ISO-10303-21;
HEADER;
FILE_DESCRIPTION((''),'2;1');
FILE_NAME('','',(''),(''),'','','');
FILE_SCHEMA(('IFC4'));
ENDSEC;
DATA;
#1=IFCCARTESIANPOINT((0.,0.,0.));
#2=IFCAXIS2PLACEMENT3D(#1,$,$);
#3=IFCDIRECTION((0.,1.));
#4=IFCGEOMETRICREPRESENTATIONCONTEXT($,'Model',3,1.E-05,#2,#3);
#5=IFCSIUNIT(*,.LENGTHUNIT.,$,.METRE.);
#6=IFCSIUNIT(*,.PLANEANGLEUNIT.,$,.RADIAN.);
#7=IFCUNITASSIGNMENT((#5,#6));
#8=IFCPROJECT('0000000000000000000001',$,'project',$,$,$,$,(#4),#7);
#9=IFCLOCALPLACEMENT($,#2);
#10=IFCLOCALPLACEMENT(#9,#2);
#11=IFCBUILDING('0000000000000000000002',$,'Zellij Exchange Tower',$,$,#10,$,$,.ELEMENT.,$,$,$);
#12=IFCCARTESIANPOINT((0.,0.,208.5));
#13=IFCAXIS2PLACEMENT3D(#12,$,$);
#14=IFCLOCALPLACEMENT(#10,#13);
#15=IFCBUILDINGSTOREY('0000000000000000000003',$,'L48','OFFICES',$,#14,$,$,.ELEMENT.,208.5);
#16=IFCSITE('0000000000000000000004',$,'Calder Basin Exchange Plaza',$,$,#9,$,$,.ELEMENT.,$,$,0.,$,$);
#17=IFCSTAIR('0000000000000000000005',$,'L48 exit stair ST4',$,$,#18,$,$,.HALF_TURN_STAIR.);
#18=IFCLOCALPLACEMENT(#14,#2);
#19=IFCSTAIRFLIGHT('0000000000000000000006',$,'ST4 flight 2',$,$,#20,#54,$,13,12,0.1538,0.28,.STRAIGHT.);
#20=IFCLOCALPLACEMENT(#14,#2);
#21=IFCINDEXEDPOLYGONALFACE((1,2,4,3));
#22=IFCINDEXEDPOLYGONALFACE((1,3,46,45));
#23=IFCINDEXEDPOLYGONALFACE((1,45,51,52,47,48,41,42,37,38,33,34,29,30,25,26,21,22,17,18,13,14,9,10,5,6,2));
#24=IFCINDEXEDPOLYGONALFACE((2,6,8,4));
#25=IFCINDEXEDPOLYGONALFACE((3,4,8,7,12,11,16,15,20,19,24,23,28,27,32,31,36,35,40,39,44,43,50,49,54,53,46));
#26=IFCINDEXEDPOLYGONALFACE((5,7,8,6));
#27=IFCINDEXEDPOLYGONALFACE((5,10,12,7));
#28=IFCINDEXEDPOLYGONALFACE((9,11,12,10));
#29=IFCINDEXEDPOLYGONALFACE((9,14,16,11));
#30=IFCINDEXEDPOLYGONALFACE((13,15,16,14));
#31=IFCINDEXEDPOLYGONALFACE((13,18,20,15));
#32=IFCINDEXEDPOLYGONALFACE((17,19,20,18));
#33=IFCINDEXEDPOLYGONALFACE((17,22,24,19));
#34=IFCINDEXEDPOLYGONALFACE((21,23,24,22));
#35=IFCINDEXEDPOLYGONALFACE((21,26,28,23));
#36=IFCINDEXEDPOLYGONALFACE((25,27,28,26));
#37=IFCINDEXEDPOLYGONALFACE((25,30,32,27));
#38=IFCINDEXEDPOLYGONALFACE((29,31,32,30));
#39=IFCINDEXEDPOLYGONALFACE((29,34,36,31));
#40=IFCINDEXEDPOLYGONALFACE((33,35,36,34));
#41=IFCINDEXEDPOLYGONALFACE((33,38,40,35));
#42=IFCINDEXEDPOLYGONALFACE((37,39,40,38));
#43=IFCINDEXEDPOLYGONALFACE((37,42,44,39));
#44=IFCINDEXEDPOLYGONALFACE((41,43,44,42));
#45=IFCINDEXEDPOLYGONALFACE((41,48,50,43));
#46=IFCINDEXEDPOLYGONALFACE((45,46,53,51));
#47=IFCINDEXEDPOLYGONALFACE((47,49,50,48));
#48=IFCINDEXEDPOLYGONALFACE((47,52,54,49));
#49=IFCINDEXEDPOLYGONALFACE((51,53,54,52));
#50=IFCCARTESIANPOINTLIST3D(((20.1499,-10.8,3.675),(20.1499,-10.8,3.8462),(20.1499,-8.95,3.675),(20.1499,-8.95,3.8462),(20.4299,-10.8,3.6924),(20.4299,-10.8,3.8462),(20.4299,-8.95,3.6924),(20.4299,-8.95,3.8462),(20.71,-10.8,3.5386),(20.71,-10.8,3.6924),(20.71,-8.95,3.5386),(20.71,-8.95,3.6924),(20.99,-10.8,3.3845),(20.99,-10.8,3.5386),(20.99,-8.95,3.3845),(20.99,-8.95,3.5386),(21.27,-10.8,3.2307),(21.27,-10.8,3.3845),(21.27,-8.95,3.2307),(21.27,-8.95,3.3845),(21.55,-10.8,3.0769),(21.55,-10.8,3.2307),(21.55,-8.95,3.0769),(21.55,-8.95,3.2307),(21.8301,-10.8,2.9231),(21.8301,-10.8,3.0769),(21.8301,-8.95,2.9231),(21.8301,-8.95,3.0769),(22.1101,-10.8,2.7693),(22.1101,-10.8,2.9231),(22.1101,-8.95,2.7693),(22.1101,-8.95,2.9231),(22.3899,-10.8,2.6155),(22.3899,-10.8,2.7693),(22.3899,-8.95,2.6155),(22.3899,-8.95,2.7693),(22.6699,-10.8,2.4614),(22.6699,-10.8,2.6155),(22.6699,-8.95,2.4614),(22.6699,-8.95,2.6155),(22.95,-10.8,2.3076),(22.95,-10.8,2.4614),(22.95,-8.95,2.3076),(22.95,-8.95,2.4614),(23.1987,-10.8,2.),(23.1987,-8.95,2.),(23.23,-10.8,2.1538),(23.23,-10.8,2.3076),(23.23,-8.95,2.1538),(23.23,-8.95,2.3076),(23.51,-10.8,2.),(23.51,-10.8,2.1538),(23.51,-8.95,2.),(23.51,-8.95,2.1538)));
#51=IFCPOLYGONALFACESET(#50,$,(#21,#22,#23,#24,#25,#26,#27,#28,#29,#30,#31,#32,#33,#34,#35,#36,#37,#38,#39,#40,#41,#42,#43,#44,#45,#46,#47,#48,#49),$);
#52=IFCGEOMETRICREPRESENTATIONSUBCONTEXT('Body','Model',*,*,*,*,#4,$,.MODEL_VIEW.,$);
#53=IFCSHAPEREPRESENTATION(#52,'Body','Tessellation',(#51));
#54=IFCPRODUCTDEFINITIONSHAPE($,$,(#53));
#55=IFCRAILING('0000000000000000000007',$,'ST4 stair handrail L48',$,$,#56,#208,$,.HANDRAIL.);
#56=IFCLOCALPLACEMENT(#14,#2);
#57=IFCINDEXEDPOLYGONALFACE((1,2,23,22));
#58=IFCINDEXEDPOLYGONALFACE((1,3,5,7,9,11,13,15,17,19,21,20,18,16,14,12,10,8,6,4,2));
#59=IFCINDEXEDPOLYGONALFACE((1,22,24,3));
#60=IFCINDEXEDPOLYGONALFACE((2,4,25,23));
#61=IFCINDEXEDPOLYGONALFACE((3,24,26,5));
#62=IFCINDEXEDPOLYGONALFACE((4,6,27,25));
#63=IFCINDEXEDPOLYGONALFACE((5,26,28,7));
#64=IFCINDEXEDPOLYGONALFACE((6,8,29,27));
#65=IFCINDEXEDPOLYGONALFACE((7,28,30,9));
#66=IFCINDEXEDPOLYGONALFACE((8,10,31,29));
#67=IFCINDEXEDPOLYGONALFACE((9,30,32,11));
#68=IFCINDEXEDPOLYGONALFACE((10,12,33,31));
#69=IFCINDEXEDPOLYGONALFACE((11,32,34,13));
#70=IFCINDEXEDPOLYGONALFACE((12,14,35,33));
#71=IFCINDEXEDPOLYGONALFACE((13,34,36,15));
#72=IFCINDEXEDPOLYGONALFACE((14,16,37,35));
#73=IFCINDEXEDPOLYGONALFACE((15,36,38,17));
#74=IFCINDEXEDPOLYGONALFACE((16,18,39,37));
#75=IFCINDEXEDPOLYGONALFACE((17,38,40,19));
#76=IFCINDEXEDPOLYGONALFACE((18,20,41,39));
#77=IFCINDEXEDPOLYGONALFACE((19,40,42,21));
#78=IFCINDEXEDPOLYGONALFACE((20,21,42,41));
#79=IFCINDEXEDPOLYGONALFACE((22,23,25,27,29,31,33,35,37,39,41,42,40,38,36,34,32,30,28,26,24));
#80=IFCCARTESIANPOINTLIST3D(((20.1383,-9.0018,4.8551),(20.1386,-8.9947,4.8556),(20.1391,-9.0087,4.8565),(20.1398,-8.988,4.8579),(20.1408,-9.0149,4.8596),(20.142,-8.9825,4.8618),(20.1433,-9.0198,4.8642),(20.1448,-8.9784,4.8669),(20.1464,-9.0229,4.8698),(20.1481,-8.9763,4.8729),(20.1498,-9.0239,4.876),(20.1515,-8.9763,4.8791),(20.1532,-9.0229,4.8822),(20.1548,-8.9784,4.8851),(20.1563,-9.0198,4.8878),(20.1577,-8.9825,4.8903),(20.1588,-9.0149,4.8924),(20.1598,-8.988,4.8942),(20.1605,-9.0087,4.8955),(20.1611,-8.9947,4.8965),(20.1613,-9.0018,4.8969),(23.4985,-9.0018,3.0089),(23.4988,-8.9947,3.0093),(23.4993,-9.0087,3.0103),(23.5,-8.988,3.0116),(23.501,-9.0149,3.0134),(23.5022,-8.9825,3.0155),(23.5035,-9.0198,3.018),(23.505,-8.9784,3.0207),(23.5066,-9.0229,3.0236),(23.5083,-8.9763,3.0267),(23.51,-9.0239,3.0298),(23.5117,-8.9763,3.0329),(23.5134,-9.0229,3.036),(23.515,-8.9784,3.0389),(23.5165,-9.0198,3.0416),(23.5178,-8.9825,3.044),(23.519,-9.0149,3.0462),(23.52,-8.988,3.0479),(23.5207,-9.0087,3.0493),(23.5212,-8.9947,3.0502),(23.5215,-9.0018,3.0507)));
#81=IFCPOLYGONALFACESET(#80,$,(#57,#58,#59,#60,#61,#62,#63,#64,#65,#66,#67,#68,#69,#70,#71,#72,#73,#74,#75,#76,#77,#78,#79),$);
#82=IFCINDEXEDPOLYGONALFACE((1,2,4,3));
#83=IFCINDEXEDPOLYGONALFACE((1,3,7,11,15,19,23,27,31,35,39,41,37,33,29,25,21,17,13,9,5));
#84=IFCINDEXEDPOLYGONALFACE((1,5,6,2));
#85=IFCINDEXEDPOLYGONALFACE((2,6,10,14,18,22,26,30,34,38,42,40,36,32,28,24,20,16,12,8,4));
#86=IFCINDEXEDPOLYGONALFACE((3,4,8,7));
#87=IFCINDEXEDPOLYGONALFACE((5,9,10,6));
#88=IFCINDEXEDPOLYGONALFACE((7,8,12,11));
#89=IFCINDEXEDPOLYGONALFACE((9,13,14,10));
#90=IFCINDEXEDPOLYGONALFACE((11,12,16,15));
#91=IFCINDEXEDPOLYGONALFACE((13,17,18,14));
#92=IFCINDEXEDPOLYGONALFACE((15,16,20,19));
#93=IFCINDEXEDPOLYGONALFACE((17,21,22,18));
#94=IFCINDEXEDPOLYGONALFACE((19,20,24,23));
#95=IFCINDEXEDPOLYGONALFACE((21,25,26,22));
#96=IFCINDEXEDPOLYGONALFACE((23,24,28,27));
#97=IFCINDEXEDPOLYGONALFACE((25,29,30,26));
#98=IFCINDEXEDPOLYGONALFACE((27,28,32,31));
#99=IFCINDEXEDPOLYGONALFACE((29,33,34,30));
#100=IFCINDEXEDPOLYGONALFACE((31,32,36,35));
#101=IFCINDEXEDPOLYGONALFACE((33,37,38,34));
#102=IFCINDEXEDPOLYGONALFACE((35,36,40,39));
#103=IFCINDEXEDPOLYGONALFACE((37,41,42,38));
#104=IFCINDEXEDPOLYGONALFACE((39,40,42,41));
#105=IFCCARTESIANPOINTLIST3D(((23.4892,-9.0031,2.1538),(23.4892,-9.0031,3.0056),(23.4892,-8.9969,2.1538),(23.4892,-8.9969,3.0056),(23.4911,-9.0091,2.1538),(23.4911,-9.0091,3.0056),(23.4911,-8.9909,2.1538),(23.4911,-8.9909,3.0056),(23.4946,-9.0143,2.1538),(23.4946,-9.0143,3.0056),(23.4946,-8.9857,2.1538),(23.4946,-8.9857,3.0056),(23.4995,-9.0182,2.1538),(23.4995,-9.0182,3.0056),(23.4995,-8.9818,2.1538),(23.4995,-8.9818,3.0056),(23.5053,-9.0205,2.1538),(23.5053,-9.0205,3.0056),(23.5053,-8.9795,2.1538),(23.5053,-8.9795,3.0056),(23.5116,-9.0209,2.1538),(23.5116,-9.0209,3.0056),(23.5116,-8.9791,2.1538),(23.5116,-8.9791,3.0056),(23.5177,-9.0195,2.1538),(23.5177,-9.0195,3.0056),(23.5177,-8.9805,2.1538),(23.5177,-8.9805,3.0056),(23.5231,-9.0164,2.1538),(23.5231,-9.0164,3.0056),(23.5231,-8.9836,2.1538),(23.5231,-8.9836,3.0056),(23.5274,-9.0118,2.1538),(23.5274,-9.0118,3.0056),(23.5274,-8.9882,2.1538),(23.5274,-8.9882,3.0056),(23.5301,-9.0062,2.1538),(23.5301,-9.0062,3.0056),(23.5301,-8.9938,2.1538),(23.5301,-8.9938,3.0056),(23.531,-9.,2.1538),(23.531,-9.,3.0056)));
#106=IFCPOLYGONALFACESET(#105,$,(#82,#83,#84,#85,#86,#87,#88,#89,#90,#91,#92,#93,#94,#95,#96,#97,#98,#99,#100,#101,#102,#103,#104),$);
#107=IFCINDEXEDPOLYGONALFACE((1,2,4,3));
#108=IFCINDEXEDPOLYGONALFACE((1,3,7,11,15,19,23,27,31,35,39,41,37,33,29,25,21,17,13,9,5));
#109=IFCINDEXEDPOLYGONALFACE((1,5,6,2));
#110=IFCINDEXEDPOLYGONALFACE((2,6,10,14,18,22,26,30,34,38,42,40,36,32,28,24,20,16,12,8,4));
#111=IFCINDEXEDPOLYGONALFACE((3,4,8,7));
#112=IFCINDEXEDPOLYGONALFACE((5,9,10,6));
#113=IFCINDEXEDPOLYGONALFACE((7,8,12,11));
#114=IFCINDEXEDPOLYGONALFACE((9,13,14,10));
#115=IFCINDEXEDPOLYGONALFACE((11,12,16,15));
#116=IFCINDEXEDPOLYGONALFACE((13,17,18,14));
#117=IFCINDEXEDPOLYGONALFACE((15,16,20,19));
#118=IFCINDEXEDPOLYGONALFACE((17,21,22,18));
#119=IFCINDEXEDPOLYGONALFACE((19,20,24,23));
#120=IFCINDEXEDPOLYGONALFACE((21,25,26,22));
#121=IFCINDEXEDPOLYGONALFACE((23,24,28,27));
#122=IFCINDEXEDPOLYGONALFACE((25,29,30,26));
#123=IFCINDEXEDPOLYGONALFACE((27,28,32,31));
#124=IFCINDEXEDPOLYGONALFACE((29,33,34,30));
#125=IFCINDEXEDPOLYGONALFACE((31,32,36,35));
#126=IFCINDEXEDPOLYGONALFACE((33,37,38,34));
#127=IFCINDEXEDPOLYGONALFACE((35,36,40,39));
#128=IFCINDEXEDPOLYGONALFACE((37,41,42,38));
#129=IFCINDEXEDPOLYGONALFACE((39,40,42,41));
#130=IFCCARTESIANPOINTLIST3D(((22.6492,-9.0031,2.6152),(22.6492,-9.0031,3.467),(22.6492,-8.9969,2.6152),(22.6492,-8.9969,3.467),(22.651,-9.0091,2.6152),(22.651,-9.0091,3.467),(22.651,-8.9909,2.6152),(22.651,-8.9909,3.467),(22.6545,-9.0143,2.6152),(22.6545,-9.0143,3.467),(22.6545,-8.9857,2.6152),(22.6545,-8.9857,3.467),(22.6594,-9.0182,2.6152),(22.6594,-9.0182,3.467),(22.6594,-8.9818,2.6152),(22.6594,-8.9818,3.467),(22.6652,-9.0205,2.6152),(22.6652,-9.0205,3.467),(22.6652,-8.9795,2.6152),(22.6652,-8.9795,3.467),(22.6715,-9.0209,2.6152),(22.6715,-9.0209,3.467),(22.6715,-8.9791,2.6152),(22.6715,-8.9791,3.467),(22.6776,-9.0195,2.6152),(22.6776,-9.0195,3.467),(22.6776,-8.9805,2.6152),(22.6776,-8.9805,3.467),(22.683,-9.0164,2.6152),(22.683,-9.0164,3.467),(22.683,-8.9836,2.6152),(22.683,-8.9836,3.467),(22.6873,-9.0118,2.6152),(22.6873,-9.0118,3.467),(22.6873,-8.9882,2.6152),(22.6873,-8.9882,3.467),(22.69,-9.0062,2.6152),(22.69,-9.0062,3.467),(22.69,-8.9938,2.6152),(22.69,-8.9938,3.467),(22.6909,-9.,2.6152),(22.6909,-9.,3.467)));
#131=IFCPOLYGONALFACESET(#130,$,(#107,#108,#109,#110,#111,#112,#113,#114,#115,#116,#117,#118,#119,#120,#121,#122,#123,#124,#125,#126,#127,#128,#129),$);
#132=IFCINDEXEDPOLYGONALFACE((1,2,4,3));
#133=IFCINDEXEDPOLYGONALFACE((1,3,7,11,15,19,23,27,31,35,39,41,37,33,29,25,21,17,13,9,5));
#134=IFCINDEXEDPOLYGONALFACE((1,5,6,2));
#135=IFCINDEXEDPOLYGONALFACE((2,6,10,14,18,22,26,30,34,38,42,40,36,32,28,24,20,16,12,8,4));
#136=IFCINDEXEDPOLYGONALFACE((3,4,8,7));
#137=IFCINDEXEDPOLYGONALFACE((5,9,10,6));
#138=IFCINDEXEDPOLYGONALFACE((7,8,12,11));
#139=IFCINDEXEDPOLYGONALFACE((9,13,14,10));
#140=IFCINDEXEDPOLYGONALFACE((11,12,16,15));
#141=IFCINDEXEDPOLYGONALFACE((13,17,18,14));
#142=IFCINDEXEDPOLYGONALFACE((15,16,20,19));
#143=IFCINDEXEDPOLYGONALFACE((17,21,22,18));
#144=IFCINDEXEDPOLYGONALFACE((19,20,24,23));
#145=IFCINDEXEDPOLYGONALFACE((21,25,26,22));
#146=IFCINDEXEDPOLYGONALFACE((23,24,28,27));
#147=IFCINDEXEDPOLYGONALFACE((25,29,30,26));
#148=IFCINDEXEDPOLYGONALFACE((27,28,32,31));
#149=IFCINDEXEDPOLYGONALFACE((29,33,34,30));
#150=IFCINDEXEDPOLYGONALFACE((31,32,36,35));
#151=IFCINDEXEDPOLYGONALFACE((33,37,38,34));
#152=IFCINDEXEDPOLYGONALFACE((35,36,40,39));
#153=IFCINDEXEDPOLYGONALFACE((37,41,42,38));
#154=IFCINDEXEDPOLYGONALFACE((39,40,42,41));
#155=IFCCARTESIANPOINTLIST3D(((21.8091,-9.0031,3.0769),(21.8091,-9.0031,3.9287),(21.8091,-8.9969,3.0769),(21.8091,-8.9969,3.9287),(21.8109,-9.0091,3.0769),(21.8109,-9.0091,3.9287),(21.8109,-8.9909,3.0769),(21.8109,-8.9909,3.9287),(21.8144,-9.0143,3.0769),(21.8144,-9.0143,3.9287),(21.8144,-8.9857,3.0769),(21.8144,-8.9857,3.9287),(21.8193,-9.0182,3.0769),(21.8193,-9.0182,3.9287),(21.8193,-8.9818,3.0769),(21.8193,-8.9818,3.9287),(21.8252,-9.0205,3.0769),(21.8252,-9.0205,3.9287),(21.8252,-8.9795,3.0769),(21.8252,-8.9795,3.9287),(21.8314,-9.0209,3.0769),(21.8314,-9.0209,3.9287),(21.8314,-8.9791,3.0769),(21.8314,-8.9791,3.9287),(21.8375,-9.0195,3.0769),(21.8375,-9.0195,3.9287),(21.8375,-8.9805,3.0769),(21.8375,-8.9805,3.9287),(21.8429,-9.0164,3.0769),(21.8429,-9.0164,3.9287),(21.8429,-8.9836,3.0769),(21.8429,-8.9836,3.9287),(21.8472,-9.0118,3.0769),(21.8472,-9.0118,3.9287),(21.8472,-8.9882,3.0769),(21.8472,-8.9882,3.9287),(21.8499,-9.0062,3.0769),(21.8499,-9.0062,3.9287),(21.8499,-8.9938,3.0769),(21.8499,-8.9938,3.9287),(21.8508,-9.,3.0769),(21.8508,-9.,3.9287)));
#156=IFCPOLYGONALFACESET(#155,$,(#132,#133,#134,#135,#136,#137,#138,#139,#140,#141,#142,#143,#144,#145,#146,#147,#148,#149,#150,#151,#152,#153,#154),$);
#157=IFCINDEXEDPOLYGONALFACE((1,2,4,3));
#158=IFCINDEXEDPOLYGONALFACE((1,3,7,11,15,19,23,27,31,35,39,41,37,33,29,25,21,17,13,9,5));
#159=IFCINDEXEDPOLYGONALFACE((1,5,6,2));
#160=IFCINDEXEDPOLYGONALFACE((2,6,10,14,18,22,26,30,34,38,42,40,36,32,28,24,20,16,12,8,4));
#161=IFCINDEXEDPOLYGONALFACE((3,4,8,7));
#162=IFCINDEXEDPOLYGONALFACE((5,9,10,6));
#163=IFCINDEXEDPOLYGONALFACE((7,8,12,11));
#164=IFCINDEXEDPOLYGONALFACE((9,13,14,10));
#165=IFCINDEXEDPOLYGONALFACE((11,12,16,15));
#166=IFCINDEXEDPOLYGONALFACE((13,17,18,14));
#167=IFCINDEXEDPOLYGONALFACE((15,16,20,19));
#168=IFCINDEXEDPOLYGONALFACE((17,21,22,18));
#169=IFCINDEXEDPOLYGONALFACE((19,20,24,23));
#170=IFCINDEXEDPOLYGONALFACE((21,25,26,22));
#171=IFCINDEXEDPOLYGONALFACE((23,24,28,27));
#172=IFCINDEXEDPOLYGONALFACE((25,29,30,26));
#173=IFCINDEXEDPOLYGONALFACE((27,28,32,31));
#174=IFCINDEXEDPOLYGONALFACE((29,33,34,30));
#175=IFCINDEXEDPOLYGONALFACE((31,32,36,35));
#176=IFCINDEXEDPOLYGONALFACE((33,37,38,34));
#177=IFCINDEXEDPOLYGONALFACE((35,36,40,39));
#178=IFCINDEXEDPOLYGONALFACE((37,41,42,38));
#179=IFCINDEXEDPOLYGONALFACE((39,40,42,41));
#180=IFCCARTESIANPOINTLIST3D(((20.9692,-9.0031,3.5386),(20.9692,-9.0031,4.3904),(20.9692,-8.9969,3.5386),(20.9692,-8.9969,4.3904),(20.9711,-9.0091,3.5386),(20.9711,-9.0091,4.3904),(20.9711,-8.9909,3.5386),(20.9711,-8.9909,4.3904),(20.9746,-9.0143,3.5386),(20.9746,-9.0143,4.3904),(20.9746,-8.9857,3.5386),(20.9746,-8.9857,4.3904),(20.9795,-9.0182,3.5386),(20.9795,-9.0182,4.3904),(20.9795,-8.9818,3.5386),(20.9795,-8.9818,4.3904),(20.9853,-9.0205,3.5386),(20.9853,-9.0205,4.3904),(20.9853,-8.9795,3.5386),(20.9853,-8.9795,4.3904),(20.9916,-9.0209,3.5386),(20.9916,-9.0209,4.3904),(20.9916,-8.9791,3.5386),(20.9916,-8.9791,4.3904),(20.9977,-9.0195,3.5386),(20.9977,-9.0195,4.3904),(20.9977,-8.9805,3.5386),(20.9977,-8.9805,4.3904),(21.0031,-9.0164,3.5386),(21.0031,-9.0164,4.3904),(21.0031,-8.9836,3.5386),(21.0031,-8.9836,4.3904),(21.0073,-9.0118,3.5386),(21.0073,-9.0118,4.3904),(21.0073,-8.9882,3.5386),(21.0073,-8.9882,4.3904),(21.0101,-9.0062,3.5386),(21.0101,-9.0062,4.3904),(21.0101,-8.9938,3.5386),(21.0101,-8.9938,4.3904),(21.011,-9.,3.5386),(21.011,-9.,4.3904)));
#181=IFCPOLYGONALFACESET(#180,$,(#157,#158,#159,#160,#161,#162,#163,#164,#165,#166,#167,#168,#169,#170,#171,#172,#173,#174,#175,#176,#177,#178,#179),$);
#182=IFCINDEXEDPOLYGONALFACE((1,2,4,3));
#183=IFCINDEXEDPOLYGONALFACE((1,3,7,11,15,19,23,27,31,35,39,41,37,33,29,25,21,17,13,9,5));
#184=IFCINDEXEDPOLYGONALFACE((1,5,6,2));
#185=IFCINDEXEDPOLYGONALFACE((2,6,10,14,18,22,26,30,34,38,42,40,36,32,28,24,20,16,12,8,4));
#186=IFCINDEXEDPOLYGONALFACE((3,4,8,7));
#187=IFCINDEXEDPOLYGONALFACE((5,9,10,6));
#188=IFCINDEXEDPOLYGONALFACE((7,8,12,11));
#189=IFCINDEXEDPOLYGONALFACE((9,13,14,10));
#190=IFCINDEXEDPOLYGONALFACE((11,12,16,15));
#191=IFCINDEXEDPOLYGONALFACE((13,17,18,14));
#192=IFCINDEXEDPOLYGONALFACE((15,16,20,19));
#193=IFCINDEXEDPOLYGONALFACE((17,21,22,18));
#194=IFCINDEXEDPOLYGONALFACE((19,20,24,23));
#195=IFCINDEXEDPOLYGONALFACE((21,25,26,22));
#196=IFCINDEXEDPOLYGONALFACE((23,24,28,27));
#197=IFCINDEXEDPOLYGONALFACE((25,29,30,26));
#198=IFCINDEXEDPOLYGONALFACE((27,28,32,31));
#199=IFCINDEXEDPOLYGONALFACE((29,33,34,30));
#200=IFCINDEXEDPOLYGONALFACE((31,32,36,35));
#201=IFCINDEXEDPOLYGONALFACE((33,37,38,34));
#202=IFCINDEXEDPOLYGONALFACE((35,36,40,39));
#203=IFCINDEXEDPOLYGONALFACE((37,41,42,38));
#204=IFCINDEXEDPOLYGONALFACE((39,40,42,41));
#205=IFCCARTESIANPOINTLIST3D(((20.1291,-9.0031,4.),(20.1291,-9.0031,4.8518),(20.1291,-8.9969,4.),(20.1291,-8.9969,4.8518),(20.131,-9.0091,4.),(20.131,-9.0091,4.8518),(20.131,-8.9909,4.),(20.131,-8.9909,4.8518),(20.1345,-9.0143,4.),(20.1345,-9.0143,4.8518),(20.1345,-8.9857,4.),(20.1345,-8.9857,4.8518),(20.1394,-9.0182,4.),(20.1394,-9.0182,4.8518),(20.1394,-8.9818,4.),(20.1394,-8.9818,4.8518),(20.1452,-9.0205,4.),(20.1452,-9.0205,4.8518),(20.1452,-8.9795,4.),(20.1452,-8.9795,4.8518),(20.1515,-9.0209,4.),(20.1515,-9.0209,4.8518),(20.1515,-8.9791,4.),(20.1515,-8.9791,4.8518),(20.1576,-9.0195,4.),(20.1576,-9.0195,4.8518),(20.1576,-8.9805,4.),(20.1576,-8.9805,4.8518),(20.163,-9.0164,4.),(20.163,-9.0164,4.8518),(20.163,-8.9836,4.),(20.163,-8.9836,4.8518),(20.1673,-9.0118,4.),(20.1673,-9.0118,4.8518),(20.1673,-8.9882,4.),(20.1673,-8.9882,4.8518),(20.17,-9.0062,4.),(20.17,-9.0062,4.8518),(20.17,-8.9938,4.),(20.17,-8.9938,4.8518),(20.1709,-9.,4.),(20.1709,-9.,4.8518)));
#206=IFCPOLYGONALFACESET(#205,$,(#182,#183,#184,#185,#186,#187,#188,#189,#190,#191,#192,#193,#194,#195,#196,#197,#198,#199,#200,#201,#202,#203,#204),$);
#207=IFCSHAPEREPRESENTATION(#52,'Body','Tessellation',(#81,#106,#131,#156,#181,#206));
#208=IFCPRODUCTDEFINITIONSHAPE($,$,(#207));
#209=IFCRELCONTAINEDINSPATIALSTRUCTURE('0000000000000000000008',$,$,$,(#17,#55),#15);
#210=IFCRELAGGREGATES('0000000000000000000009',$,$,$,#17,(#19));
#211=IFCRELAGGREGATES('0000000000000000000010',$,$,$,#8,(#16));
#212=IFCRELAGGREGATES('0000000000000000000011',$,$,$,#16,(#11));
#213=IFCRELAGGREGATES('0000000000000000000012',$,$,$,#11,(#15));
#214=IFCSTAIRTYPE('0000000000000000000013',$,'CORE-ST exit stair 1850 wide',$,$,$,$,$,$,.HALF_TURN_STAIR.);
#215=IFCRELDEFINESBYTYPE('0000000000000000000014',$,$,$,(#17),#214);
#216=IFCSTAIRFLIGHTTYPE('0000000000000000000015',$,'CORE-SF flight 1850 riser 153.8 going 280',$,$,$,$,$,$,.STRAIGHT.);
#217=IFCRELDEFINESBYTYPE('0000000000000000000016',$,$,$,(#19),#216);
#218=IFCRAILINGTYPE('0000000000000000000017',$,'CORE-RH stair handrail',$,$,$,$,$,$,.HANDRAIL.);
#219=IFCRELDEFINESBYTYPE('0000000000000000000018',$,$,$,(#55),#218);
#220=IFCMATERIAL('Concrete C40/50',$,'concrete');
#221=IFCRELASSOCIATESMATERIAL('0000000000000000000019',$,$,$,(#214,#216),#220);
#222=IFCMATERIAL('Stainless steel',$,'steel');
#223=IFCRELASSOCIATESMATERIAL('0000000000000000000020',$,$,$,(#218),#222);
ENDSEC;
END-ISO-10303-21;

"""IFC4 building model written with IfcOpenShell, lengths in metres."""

from ifc_helpers import new_model, si_unit, direction, frame, origin, origin_2d, place, context, subcontext, project, spatial, polyline, circle, outline, extrude, material, type_object, element, aggregate, save


model = new_model("IFC4")

# Units and contexts
model_context = context("Model", 3, precision=1e-05, world=origin(), true_north=direction((0.0, 1.0)))
body_context = subcontext(model_context, "Body", "Model", "MODEL_VIEW")
ifc_project = project(units=[si_unit("LENGTHUNIT", "METRE"), si_unit("PLANEANGLEUNIT", "RADIAN")], contexts=[model_context])

# Site, building, storey
site_placement = place(None, origin())
site = spatial("IfcSite", under=ifc_project, at=site_placement, Name="Calder Basin Exchange Plaza", CompositionType="ELEMENT", RefElevation=0.0)
building_placement = place(site_placement, origin())
building = spatial("IfcBuilding", under=site, at=building_placement, Name="Zellij Exchange Tower", CompositionType="ELEMENT")
storey_placement = place(building_placement, frame((0.0, 0.0, 208.5)))
storey = spatial("IfcBuildingStorey", under=building, at=storey_placement, Name="L48", Description="OFFICES", CompositionType="ELEMENT", Elevation=208.5)

# Stair, stair flight
ifc_material_1 = material(Name="Concrete C40/50", Category="concrete")
stair_type = type_object("IfcStairType", Name="CORE-ST exit stair 1850 wide", PredefinedType="HALF_TURN_STAIR", material=ifc_material_1)
stair_placement = place(storey_placement, origin())
stair = element("IfcStair", 1, at=stair_placement, inside=storey, type_object=stair_type, Name="L48 exit stair ST4", PredefinedType="HALF_TURN_STAIR")
stair_flight_type = type_object("IfcStairFlightType", Name="CORE-SF flight 1850 riser 153.8 going 280", PredefinedType="STRAIGHT", material=ifc_material_1)
stair_flight_placement = place(storey_placement, frame((23.51, -9.875, 2.0), z_axis=(0.0, 0.0, 1.0), x_axis=(-1.0, 0.0, 0.0)))
stair_flight = element("IfcStairFlight", 2, at=stair_flight_placement, type_object=stair_flight_type, Name="ST4 flight 2", NumberOfRisers=13, NumberOfTreads=12, PredefinedType="STRAIGHT", RiserHeight=0.1538, TreadLength=0.28, context=body_context, shape_type="SweptSolid", body=[
    extrude(outline(polyline([(0.0, 0.0), (0.0, 0.1538), (0.28, 0.1538), (0.28, 0.3076), (0.5601, 0.3076), (0.5601, 0.4614), (0.8401, 0.4614), (0.8401, 0.6155), (1.1201, 0.6155), (1.1201, 0.7693), (1.3999, 0.7693), (1.3999, 0.9231), (1.6799, 0.9231), (1.6799, 1.0769), (1.96, 1.0769), (1.96, 1.2307), (2.24, 1.2307), (2.24, 1.3845), (2.52, 1.3845), (2.52, 1.5386), (2.8, 1.5386), (2.8, 1.6924), (3.0801, 1.6924), (3.0801, 1.8462), (3.3601, 1.8462), (3.3601, 2.0), (3.3601, 1.675), (0.3113, 0.0), (0.0, 0.0)])), frame((0.0, 0.925, 0.0), z_axis=(0.0, -1.0, 0.0), x_axis=(1.0, 0.0, 0.0)), (0.0, 0.0, 1.0), 1.8501),
])
aggregate(stair, [stair_flight])

# Railing
ifc_material_2 = material(Name="Stainless steel", Category="steel")
railing_type = type_object("IfcRailingType", Name="CORE-RH stair handrail", PredefinedType="HANDRAIL", material=ifc_material_2)
railing_placement = place(storey_placement, frame((23.51, -9.0, 2.1538)))
element("IfcRailing", 3, at=railing_placement, inside=storey, type_object=railing_type, Name="ST4 stair handrail L48", PredefinedType="HANDRAIL", context=body_context, shape_type="SweptSolid", body=[
    extrude(circle(Radius=0.0239, at=origin_2d()), frame((0.0, 0.0, 0.876), z_axis=(-0.876422, 0.0, 0.481545), x_axis=(0.0, -1.0, 0.0)), (0.0, 0.0, 1.0), 3.834),
    extrude(circle(Radius=0.021, at=origin_2d()), origin(), (0.0, 0.0, 1.0), 0.8518),
    extrude(circle(Radius=0.021, at=origin_2d()), frame((-0.8401, 0.0, 0.4614)), (0.0, 0.0, 1.0), 0.8518),
    extrude(circle(Radius=0.021, at=origin_2d()), frame((-1.6802, 0.0, 0.9231)), (0.0, 0.0, 1.0), 0.8518),
    extrude(circle(Radius=0.021, at=origin_2d()), frame((-2.52, 0.0, 1.3848)), (0.0, 0.0, 1.0), 0.8518),
    extrude(circle(Radius=0.021, at=origin_2d()), frame((-3.3601, 0.0, 1.8462)), (0.0, 0.0, 1.0), 0.8518),
])

save(model, "model.ifc")
